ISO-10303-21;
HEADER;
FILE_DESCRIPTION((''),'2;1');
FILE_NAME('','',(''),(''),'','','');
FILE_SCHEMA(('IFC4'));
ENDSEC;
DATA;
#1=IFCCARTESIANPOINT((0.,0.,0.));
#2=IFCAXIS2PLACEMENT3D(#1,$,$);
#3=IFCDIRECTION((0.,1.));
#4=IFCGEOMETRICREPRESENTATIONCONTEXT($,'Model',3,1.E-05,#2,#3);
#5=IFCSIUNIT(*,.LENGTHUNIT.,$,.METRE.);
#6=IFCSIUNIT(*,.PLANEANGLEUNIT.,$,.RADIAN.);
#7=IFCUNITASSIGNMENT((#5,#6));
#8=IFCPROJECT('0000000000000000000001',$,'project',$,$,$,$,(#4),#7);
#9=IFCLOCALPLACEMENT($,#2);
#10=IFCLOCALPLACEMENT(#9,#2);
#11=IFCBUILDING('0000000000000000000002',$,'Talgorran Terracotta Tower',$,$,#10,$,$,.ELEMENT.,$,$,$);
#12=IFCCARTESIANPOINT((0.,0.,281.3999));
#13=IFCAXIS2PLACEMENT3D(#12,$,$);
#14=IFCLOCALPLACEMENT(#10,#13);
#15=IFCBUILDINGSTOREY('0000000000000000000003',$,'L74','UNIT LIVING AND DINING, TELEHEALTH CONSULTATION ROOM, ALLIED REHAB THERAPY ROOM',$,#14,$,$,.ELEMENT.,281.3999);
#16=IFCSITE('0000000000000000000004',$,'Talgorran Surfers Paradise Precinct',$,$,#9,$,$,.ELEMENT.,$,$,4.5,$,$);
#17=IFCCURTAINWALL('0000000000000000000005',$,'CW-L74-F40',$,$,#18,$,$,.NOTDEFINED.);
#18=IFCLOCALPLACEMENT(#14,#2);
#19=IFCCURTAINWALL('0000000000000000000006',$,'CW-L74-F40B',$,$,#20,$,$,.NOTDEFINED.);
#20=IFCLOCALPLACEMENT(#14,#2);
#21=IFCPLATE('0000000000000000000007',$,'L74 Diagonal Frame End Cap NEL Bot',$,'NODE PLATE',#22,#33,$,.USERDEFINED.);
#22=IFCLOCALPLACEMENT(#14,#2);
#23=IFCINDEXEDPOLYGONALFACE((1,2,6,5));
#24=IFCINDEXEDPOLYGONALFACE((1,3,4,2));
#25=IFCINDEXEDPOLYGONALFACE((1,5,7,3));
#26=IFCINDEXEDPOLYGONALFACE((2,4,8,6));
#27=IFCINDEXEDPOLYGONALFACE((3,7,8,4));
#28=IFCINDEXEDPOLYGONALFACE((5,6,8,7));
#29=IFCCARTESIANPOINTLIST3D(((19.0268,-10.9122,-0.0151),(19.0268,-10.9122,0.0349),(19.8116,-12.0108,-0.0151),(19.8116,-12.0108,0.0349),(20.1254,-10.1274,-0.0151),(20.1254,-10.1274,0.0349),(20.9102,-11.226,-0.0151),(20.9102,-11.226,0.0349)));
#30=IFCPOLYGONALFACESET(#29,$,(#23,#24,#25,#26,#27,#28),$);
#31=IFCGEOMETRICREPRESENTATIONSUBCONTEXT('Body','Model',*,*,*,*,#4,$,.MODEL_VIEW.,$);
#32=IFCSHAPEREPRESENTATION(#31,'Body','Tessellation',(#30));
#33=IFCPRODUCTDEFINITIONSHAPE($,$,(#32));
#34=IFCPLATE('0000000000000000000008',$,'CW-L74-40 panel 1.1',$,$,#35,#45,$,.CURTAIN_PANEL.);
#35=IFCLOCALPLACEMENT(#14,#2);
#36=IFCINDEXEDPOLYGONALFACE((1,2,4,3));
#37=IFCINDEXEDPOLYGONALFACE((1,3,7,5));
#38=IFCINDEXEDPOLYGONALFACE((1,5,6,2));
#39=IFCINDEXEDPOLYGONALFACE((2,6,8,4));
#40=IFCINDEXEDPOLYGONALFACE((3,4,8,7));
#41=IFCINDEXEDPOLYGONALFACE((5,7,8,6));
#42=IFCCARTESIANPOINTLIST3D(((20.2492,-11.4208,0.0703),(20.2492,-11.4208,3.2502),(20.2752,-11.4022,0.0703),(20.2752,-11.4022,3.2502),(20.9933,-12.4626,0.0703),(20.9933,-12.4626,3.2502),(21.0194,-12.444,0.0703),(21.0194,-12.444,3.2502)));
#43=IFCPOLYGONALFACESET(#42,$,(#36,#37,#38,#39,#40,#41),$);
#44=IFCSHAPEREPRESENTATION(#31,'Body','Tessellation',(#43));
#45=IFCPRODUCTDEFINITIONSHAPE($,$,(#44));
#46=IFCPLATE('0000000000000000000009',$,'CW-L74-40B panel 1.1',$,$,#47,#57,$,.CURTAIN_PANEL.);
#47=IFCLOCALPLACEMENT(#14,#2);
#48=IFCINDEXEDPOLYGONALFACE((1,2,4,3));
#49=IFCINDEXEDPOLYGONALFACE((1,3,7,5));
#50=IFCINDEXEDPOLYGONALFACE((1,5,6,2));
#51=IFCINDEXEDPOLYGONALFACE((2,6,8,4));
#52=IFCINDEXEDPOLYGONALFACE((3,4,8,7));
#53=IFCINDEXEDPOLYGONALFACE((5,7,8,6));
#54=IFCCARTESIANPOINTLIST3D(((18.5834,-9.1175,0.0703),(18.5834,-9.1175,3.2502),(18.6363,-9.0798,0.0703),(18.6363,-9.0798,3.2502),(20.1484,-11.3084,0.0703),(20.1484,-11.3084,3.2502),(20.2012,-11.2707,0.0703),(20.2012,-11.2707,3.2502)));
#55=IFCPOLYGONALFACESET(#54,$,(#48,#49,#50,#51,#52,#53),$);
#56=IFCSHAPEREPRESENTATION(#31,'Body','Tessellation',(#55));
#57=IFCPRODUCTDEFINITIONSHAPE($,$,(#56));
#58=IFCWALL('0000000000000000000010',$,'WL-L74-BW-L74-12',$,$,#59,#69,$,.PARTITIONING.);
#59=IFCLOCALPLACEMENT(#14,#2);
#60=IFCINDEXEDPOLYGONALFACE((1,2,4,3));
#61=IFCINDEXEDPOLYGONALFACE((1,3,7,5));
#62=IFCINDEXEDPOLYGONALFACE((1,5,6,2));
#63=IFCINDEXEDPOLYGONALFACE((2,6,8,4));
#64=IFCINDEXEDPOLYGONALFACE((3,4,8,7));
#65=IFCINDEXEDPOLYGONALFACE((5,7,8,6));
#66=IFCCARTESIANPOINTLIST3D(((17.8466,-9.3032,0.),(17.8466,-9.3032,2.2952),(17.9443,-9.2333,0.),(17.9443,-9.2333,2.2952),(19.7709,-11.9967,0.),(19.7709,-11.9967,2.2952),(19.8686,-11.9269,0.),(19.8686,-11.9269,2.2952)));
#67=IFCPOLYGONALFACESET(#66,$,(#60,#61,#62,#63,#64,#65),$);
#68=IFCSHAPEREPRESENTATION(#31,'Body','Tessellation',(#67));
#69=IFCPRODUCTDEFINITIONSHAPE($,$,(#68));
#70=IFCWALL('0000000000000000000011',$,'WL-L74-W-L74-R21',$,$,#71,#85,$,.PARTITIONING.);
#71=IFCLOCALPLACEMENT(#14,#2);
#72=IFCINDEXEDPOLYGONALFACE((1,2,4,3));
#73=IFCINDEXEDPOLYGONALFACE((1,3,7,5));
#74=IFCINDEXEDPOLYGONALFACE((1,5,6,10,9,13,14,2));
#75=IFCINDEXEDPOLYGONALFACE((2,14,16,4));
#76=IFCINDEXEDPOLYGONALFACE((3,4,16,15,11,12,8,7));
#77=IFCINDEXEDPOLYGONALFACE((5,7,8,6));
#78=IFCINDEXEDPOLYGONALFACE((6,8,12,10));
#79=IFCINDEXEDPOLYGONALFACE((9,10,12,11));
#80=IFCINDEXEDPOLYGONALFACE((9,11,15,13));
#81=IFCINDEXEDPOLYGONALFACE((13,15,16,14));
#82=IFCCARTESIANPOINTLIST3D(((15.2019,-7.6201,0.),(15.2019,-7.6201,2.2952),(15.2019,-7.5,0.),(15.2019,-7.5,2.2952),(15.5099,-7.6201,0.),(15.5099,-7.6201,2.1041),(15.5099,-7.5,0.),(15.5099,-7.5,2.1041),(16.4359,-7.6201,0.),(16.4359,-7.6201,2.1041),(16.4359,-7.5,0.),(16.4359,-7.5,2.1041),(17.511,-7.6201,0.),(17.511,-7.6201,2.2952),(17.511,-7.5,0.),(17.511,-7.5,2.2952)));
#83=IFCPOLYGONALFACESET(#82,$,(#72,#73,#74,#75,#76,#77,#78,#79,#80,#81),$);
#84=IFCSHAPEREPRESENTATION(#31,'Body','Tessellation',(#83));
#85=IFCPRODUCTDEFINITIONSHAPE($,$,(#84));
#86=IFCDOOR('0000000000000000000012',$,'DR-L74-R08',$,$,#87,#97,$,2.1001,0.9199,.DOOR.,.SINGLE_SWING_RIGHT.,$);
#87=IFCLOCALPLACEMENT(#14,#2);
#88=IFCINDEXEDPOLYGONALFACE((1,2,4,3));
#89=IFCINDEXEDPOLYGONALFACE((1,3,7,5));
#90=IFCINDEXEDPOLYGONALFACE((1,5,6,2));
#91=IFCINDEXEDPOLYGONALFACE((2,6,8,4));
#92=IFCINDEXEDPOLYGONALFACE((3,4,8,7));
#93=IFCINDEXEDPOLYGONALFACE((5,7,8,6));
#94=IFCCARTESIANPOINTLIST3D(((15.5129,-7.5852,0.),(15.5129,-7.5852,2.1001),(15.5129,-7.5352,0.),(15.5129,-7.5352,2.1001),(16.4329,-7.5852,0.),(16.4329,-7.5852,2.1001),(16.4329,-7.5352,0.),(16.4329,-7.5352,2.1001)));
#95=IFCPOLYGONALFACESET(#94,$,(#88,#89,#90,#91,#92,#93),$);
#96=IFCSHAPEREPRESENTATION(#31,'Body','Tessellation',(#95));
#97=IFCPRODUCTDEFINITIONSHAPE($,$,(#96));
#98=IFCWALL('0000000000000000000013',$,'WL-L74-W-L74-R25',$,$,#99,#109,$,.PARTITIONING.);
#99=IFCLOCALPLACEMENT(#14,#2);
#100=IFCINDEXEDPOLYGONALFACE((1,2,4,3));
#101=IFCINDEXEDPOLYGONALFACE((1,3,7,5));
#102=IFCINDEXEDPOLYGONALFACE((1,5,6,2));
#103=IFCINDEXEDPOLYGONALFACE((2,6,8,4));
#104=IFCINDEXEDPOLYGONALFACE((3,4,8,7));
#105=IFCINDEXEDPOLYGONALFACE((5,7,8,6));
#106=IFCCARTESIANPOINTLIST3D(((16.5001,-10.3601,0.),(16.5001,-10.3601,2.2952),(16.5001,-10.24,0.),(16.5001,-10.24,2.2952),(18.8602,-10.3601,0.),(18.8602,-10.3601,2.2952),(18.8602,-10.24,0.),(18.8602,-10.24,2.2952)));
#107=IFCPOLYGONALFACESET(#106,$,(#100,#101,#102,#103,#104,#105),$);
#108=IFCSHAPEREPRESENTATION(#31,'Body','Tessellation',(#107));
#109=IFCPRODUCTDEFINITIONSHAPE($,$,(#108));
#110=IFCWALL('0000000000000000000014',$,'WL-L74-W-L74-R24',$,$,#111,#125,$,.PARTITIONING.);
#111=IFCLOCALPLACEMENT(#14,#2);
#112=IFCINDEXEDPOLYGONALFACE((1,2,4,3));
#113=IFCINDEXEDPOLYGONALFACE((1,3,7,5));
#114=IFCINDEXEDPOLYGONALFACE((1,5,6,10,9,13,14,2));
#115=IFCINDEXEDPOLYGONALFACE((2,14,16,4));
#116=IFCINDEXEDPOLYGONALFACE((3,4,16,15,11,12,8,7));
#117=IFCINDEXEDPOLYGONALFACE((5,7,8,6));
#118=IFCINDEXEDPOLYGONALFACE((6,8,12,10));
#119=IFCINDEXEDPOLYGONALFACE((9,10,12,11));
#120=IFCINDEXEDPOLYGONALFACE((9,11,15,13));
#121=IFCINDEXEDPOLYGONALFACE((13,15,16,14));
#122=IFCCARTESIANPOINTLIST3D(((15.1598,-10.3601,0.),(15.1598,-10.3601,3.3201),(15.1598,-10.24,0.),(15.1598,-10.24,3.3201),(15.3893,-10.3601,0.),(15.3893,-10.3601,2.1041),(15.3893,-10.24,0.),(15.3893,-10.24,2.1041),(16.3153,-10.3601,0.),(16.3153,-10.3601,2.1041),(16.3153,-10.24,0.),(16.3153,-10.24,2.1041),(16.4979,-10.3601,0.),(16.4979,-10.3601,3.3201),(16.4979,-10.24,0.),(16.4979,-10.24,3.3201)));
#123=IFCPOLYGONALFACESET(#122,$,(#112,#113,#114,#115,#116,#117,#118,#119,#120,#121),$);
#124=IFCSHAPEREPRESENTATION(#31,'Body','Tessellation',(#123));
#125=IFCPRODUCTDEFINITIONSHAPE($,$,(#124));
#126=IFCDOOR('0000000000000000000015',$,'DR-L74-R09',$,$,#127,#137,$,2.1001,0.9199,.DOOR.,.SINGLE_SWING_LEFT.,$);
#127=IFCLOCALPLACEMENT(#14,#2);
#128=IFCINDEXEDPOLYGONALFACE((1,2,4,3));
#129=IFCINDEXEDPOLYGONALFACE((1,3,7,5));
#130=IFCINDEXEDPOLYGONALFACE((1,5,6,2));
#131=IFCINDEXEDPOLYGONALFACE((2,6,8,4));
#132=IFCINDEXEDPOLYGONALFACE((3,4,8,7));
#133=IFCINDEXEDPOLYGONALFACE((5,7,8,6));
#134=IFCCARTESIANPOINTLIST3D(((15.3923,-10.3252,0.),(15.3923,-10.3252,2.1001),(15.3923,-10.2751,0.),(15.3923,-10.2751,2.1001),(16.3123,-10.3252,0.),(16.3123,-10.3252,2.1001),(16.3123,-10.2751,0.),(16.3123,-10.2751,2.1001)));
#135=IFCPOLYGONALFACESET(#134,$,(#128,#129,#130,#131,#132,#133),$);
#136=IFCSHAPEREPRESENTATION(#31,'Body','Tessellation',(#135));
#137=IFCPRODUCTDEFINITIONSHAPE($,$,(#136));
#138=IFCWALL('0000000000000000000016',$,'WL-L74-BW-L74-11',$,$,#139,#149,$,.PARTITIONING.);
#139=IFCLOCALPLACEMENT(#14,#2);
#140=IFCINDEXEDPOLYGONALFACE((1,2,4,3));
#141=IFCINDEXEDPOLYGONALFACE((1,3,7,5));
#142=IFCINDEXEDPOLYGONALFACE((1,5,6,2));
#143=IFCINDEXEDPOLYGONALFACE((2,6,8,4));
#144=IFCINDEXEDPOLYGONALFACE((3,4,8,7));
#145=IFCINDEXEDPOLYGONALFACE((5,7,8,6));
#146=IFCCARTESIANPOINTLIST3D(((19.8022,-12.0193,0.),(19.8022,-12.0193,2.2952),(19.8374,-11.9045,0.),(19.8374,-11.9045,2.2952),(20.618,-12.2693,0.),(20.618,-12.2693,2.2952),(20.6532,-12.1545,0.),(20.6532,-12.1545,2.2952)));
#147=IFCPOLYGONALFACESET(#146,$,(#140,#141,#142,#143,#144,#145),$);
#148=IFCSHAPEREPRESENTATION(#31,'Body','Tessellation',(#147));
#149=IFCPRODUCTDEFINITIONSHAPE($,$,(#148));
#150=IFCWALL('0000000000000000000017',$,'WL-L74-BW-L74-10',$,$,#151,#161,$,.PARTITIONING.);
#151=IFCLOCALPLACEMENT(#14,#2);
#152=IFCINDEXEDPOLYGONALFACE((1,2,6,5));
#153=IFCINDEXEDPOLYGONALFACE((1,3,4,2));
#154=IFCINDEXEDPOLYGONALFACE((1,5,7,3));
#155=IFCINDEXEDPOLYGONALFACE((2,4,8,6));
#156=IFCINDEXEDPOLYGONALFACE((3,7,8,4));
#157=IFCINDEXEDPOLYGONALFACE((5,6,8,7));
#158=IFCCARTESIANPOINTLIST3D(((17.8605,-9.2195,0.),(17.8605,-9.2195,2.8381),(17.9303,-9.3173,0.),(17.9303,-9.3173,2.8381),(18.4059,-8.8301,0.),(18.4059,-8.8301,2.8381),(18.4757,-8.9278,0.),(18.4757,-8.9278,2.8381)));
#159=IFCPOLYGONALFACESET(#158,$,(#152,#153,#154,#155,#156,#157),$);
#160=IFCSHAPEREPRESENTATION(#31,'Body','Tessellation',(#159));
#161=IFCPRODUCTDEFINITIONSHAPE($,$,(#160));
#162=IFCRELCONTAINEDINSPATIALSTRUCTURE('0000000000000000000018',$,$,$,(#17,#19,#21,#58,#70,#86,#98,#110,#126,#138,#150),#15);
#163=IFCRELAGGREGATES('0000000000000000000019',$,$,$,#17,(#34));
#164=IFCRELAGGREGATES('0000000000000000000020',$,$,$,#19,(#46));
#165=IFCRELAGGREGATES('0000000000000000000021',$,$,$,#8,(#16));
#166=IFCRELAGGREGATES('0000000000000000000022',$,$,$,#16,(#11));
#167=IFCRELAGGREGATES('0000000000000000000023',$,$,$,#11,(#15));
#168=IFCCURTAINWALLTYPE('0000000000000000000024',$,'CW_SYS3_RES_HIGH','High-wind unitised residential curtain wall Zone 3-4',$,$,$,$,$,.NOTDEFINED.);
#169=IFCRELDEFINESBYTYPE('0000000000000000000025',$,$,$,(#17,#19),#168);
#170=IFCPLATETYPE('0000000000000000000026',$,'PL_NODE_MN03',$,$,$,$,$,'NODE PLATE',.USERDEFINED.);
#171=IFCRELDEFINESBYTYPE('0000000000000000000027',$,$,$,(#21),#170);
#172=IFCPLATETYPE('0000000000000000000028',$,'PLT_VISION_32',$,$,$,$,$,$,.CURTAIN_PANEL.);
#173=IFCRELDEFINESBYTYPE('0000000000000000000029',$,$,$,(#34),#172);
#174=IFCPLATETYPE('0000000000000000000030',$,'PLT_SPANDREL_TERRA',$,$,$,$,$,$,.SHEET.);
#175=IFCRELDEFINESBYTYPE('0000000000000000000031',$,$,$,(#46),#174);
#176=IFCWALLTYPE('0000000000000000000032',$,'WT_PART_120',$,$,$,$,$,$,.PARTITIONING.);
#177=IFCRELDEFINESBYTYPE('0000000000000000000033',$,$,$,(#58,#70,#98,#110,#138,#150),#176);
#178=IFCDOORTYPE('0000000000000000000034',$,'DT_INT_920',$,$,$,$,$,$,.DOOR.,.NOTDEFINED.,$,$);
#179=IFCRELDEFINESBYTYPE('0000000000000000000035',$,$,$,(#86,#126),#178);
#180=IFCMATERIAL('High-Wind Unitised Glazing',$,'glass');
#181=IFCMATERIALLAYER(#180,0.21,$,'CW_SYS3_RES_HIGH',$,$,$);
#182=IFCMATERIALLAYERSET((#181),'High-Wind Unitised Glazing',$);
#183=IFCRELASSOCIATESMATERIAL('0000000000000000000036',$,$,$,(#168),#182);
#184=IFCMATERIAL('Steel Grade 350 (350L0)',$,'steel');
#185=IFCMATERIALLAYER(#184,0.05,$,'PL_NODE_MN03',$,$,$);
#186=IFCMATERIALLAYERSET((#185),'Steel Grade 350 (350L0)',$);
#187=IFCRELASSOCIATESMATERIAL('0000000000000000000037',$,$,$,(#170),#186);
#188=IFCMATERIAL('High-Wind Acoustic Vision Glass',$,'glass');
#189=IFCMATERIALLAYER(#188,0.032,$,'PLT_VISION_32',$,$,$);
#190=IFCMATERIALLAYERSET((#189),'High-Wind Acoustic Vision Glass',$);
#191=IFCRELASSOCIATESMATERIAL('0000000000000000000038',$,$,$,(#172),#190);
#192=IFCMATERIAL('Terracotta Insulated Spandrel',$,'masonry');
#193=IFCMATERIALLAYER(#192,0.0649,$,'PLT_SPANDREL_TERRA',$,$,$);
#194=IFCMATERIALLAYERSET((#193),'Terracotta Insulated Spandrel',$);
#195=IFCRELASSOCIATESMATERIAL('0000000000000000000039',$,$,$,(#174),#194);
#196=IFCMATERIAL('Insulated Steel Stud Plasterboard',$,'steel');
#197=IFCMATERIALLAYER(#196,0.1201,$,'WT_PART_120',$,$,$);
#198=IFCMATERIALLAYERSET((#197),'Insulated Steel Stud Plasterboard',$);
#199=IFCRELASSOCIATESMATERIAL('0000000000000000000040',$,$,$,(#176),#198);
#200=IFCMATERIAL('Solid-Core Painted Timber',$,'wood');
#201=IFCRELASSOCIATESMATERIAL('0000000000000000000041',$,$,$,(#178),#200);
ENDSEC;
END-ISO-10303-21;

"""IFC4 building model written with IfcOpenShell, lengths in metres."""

from ifc_helpers import new_model, si_unit, direction, frame, frame_2d, origin, origin_2d, place, context, subcontext, project, spatial, rectangle, extrude, source, transform, mapped, material, layer, layer_set, type_object, type_shapes, element, fill, aggregate, save


model = new_model("IFC4")

# Units and contexts
model_context = context("Model", 3, precision=1e-05, world=origin(), true_north=direction((0.0, 1.0)))
body_context = subcontext(model_context, "Body", "Model", "MODEL_VIEW")
ifc_project = project(units=[si_unit("LENGTHUNIT", "METRE"), si_unit("PLANEANGLEUNIT", "RADIAN")], contexts=[model_context])

# Site, building, storey
site_placement = place(None, origin())
site = spatial("IfcSite", under=ifc_project, at=site_placement, Name="Talgorran Surfers Paradise Precinct", CompositionType="ELEMENT", RefElevation=4.5)
building_placement = place(site_placement, origin())
building = spatial("IfcBuilding", under=site, at=building_placement, Name="Talgorran Terracotta Tower", CompositionType="ELEMENT")
storey_placement = place(building_placement, frame((0.0, 0.0, 281.3999)))
storey = spatial("IfcBuildingStorey", under=building, at=storey_placement, Name="L74", Description="UNIT LIVING AND DINING, TELEHEALTH CONSULTATION ROOM, ALLIED REHAB THERAPY ROOM", CompositionType="ELEMENT", Elevation=281.3999)

# Shared definitions
ifc_material_1 = material(Name="Steel Grade 350 (350L0)", Category="steel")

# Curtain wall
ifc_material_2 = material(Name="High-Wind Unitised Glazing", Category="glass")
ifc_layer_1 = layer(ifc_material_2, 0.21, Name="CW_SYS3_RES_HIGH")
ifc_layer_set_1 = layer_set([ifc_layer_1], Name="High-Wind Unitised Glazing")
curtain_wall_type = type_object("IfcCurtainWallType", Name="CW_SYS3_RES_HIGH", Description="High-wind unitised residential curtain wall Zone 3-4", PredefinedType="NOTDEFINED", material=ifc_layer_set_1)
curtain_wall_1_placement = place(storey_placement, origin())
curtain_wall_1 = element("IfcCurtainWall", 1, at=curtain_wall_1_placement, inside=storey, type_object=curtain_wall_type, Name="CW-L74-F40", PredefinedType="NOTDEFINED")

# Curtain wall
curtain_wall_2_placement = place(storey_placement, origin())
curtain_wall_2 = element("IfcCurtainWall", 2, at=curtain_wall_2_placement, inside=storey, type_object=curtain_wall_type, Name="CW-L74-F40B", PredefinedType="NOTDEFINED")

# Plate
ifc_layer_2 = layer(ifc_material_1, 0.05, Name="PL_NODE_MN03")
ifc_layer_set_2 = layer_set([ifc_layer_2], Name="Steel Grade 350 (350L0)")
plate_type_1 = type_object("IfcPlateType", Name="PL_NODE_MN03", ElementType="NODE PLATE", PredefinedType="USERDEFINED", material=ifc_layer_set_2)
plate_1_placement = place(storey_placement, frame((19.9685, -11.0691, -0.0151), z_axis=(0.0, 0.0, 1.0), x_axis=(-0.581271, 0.81371, 0.0)))
element("IfcPlate", 3, at=plate_1_placement, inside=storey, type_object=plate_type_1, Name="L74 Diagonal Frame End Cap NEL Bot", ObjectType="NODE PLATE", PredefinedType="USERDEFINED", context=body_context, shape_type="SweptSolid", body=[
    extrude(rectangle(XDim=1.3501, YDim=1.3501, at=origin_2d()), origin(), (0.0, 0.0, 1.0), 0.05),
])

# Plates
ifc_material_3 = material(Name="High-Wind Acoustic Vision Glass", Category="glass")
ifc_layer_3 = layer(ifc_material_3, 0.032, Name="PLT_VISION_32")
ifc_layer_set_3 = layer_set([ifc_layer_3], Name="High-Wind Acoustic Vision Glass")
plate_type_2 = type_object("IfcPlateType", Name="PLT_VISION_32", PredefinedType="CURTAIN_PANEL", material=ifc_layer_set_3)
shared_shape_1 = source(origin(), body_context, "Body", "SweptSolid", [
    extrude(rectangle(XDim=1.2803, YDim=0.032, at=origin_2d()), origin(), (0.0, 0.0, 1.0), 3.1799),
])
type_shapes(plate_type_2, [shared_shape_1])
plate_2_placement = place(storey_placement, frame((20.6343, -11.9324, 0.0703), z_axis=(0.0, 0.0, 1.0), x_axis=(-0.581252, 0.813724, 0.0)))
plate_2 = element("IfcPlate", 4, at=plate_2_placement, type_object=plate_type_2, Name="CW-L74-40 panel 1.1", PredefinedType="CURTAIN_PANEL", context=body_context, shape_type="MappedRepresentation", body=[
    mapped(shared_shape_1, transform((0.0, 0.0, 0.0), scale=1.0)),
])
aggregate(curtain_wall_1, [plate_2])
ifc_material_4 = material(Name="Terracotta Insulated Spandrel", Category="masonry")
ifc_layer_4 = layer(ifc_material_4, 0.0649, Name="PLT_SPANDREL_TERRA")
ifc_layer_set_4 = layer_set([ifc_layer_4], Name="Terracotta Insulated Spandrel")
plate_type_3 = type_object("IfcPlateType", Name="PLT_SPANDREL_TERRA", PredefinedType="SHEET", material=ifc_layer_set_4)
shared_shape_2 = source(origin(), body_context, "Body", "SweptSolid", [
    extrude(rectangle(XDim=2.6924, YDim=0.0649, at=origin_2d()), origin(), (0.0, 0.0, 1.0), 3.1799),
])
type_shapes(plate_type_3, [shared_shape_2])
plate_3_placement = place(storey_placement, frame((19.3923, -10.1941, 0.0703), z_axis=(0.0, 0.0, 1.0), x_axis=(-0.581242, 0.813731, 0.0)))
plate_3 = element("IfcPlate", 5, at=plate_3_placement, type_object=plate_type_3, Name="CW-L74-40B panel 1.1", PredefinedType="CURTAIN_PANEL", context=body_context, shape_type="MappedRepresentation", body=[
    mapped(shared_shape_2, transform((0.0, 0.0, 0.0), scale=1.0)),
])
aggregate(curtain_wall_2, [plate_3])

# Wall
ifc_material_5 = material(Name="Insulated Steel Stud Plasterboard", Category="steel")
ifc_layer_5 = layer(ifc_material_5, 0.1201, Name="WT_PART_120")
ifc_layer_set_5 = layer_set([ifc_layer_5], Name="Insulated Steel Stud Plasterboard")
wall_type = type_object("IfcWallType", Name="WT_PART_120", PredefinedType="PARTITIONING", material=ifc_layer_set_5)
wall_1_placement = place(storey_placement, frame((19.8198, -11.9619, 0.0), z_axis=(0.0, 0.0, 1.0), x_axis=(-0.581301, 0.813689, 0.0)))
element("IfcWall", 6, at=wall_1_placement, inside=storey, type_object=wall_type, Name="WL-L74-BW-L74-12", PredefinedType="PARTITIONING", context=body_context, shape_type="SweptSolid", body=[
    extrude(rectangle(XDim=3.3103, YDim=0.1201, at=frame_2d((1.6553, 0.0))), origin(), (0.0, 0.0, 1.0), 2.2952),
])

# Wall, opening, door
wall_2_placement = place(storey_placement, frame((15.2019, -7.5601, 0.0), z_axis=(0.0, 0.0, 1.0), x_axis=(1.0, 0.0, 0.0)))
wall_2 = element("IfcWall", 7, at=wall_2_placement, inside=storey, type_object=wall_type, Name="WL-L74-W-L74-R21", PredefinedType="PARTITIONING", context=body_context, shape_type="SweptSolid", body=[
    extrude(rectangle(XDim=2.3091, YDim=0.1201, at=frame_2d((1.1545, 0.0))), origin(), (0.0, 0.0, 1.0), 2.2952),
])
opening_1_placement = place(wall_2_placement, frame((0.311, 0.0, 0.0)))
opening_1 = element("IfcOpeningElement", 8, at=opening_1_placement, cuts=wall_2, PredefinedType="OPENING", context=body_context, shape_type="SweptSolid", body=[
    extrude(rectangle(XDim=0.9259, YDim=2.1041, at=frame_2d((0.46, 1.052))), frame((0.0, 0.0701, 0.0), z_axis=(0.0, -1.0, 0.0), x_axis=(1.0, 0.0, 0.0)), (0.0, 0.0, 1.0), 0.1401),
])
ifc_material_6 = material(Name="Solid-Core Painted Timber", Category="wood")
door_type = type_object("IfcDoorType", Name="DT_INT_920", OperationType="NOTDEFINED", PredefinedType="DOOR", material=ifc_material_6)
door_1_placement = place(opening_1_placement, origin())
door_1 = element("IfcDoor", 9, at=door_1_placement, inside=storey, type_object=door_type, Name="DR-L74-R08", OperationType="SINGLE_SWING_RIGHT", OverallHeight=2.1001, OverallWidth=0.9199, PredefinedType="DOOR", context=body_context, shape_type="SweptSolid", body=[
    extrude(rectangle(XDim=0.9199, YDim=2.1001, at=frame_2d((0.46, 1.05))), frame((0.0, 0.0249, 0.0), z_axis=(0.0, -1.0, 0.0), x_axis=(1.0, 0.0, 0.0)), (0.0, 0.0, 1.0), 0.05),
])
fill(opening_1, door_1)

# Wall
wall_3_placement = place(storey_placement, frame((16.5, -10.3, 0.0), z_axis=(0.0, 0.0, 1.0), x_axis=(1.0, 0.0, 0.0)))
element("IfcWall", 10, at=wall_3_placement, inside=storey, type_object=wall_type, Name="WL-L74-W-L74-R25", PredefinedType="PARTITIONING", context=body_context, shape_type="SweptSolid", body=[
    extrude(rectangle(XDim=2.3601, YDim=0.1201, at=frame_2d((1.1802, 0.0))), origin(), (0.0, 0.0, 1.0), 2.2952),
])

# Wall, opening, door
wall_4_placement = place(storey_placement, frame((15.1599, -10.3, 0.0), z_axis=(0.0, 0.0, 1.0), x_axis=(1.0, 0.0, 0.0)))
wall_4 = element("IfcWall", 11, at=wall_4_placement, inside=storey, type_object=wall_type, Name="WL-L74-W-L74-R24", PredefinedType="PARTITIONING", context=body_context, shape_type="SweptSolid", body=[
    extrude(rectangle(XDim=1.3381, YDim=0.1201, at=frame_2d((0.6689, 0.0))), origin(), (0.0, 0.0, 1.0), 3.3201),
])
opening_2_placement = place(wall_4_placement, frame((0.2324, 0.0, 0.0)))
opening_2 = element("IfcOpeningElement", 12, at=opening_2_placement, cuts=wall_4, PredefinedType="OPENING", context=body_context, shape_type="SweptSolid", body=[
    extrude(rectangle(XDim=0.9259, YDim=2.1041, at=frame_2d((0.46, 1.052))), frame((0.0, 0.0701, 0.0), z_axis=(0.0, -1.0, 0.0), x_axis=(1.0, 0.0, 0.0)), (0.0, 0.0, 1.0), 0.1401),
])
door_2_placement = place(opening_2_placement, origin())
door_2 = element("IfcDoor", 13, at=door_2_placement, inside=storey, type_object=door_type, Name="DR-L74-R09", OperationType="SINGLE_SWING_LEFT", OverallHeight=2.1001, OverallWidth=0.9199, PredefinedType="DOOR", context=body_context, shape_type="SweptSolid", body=[
    extrude(rectangle(XDim=0.9199, YDim=2.1001, at=frame_2d((0.46, 1.05))), frame((0.0, 0.0249, 0.0), z_axis=(0.0, -1.0, 0.0), x_axis=(1.0, 0.0, 0.0)), (0.0, 0.0, 1.0), 0.05),
])
fill(opening_2, door_2)

# Walls
wall_5_placement = place(storey_placement, frame((20.6357, -12.2119, 0.0), z_axis=(0.0, 0.0, 1.0), x_axis=(-0.956125, 0.29296, 0.0)))
element("IfcWall", 14, at=wall_5_placement, inside=storey, type_object=wall_type, Name="WL-L74-BW-L74-11", PredefinedType="PARTITIONING", context=body_context, shape_type="SweptSolid", body=[
    extrude(rectangle(XDim=0.8533, YDim=0.1201, at=frame_2d((0.4268, 0.0))), origin(), (0.0, 0.0, 1.0), 2.2952),
])
wall_6_placement = place(storey_placement, frame((17.8955, -9.2683, 0.0), z_axis=(0.0, 0.0, 1.0), x_axis=(0.813857, 0.581066, 0.0)))
element("IfcWall", 15, at=wall_6_placement, inside=storey, type_object=wall_type, Name="WL-L74-BW-L74-10", PredefinedType="PARTITIONING", context=body_context, shape_type="SweptSolid", body=[
    extrude(rectangle(XDim=0.6702, YDim=0.1201, at=frame_2d((0.335, 0.0))), origin(), (0.0, 0.0, 1.0), 2.8381),
])

save(model, "model.ifc")
